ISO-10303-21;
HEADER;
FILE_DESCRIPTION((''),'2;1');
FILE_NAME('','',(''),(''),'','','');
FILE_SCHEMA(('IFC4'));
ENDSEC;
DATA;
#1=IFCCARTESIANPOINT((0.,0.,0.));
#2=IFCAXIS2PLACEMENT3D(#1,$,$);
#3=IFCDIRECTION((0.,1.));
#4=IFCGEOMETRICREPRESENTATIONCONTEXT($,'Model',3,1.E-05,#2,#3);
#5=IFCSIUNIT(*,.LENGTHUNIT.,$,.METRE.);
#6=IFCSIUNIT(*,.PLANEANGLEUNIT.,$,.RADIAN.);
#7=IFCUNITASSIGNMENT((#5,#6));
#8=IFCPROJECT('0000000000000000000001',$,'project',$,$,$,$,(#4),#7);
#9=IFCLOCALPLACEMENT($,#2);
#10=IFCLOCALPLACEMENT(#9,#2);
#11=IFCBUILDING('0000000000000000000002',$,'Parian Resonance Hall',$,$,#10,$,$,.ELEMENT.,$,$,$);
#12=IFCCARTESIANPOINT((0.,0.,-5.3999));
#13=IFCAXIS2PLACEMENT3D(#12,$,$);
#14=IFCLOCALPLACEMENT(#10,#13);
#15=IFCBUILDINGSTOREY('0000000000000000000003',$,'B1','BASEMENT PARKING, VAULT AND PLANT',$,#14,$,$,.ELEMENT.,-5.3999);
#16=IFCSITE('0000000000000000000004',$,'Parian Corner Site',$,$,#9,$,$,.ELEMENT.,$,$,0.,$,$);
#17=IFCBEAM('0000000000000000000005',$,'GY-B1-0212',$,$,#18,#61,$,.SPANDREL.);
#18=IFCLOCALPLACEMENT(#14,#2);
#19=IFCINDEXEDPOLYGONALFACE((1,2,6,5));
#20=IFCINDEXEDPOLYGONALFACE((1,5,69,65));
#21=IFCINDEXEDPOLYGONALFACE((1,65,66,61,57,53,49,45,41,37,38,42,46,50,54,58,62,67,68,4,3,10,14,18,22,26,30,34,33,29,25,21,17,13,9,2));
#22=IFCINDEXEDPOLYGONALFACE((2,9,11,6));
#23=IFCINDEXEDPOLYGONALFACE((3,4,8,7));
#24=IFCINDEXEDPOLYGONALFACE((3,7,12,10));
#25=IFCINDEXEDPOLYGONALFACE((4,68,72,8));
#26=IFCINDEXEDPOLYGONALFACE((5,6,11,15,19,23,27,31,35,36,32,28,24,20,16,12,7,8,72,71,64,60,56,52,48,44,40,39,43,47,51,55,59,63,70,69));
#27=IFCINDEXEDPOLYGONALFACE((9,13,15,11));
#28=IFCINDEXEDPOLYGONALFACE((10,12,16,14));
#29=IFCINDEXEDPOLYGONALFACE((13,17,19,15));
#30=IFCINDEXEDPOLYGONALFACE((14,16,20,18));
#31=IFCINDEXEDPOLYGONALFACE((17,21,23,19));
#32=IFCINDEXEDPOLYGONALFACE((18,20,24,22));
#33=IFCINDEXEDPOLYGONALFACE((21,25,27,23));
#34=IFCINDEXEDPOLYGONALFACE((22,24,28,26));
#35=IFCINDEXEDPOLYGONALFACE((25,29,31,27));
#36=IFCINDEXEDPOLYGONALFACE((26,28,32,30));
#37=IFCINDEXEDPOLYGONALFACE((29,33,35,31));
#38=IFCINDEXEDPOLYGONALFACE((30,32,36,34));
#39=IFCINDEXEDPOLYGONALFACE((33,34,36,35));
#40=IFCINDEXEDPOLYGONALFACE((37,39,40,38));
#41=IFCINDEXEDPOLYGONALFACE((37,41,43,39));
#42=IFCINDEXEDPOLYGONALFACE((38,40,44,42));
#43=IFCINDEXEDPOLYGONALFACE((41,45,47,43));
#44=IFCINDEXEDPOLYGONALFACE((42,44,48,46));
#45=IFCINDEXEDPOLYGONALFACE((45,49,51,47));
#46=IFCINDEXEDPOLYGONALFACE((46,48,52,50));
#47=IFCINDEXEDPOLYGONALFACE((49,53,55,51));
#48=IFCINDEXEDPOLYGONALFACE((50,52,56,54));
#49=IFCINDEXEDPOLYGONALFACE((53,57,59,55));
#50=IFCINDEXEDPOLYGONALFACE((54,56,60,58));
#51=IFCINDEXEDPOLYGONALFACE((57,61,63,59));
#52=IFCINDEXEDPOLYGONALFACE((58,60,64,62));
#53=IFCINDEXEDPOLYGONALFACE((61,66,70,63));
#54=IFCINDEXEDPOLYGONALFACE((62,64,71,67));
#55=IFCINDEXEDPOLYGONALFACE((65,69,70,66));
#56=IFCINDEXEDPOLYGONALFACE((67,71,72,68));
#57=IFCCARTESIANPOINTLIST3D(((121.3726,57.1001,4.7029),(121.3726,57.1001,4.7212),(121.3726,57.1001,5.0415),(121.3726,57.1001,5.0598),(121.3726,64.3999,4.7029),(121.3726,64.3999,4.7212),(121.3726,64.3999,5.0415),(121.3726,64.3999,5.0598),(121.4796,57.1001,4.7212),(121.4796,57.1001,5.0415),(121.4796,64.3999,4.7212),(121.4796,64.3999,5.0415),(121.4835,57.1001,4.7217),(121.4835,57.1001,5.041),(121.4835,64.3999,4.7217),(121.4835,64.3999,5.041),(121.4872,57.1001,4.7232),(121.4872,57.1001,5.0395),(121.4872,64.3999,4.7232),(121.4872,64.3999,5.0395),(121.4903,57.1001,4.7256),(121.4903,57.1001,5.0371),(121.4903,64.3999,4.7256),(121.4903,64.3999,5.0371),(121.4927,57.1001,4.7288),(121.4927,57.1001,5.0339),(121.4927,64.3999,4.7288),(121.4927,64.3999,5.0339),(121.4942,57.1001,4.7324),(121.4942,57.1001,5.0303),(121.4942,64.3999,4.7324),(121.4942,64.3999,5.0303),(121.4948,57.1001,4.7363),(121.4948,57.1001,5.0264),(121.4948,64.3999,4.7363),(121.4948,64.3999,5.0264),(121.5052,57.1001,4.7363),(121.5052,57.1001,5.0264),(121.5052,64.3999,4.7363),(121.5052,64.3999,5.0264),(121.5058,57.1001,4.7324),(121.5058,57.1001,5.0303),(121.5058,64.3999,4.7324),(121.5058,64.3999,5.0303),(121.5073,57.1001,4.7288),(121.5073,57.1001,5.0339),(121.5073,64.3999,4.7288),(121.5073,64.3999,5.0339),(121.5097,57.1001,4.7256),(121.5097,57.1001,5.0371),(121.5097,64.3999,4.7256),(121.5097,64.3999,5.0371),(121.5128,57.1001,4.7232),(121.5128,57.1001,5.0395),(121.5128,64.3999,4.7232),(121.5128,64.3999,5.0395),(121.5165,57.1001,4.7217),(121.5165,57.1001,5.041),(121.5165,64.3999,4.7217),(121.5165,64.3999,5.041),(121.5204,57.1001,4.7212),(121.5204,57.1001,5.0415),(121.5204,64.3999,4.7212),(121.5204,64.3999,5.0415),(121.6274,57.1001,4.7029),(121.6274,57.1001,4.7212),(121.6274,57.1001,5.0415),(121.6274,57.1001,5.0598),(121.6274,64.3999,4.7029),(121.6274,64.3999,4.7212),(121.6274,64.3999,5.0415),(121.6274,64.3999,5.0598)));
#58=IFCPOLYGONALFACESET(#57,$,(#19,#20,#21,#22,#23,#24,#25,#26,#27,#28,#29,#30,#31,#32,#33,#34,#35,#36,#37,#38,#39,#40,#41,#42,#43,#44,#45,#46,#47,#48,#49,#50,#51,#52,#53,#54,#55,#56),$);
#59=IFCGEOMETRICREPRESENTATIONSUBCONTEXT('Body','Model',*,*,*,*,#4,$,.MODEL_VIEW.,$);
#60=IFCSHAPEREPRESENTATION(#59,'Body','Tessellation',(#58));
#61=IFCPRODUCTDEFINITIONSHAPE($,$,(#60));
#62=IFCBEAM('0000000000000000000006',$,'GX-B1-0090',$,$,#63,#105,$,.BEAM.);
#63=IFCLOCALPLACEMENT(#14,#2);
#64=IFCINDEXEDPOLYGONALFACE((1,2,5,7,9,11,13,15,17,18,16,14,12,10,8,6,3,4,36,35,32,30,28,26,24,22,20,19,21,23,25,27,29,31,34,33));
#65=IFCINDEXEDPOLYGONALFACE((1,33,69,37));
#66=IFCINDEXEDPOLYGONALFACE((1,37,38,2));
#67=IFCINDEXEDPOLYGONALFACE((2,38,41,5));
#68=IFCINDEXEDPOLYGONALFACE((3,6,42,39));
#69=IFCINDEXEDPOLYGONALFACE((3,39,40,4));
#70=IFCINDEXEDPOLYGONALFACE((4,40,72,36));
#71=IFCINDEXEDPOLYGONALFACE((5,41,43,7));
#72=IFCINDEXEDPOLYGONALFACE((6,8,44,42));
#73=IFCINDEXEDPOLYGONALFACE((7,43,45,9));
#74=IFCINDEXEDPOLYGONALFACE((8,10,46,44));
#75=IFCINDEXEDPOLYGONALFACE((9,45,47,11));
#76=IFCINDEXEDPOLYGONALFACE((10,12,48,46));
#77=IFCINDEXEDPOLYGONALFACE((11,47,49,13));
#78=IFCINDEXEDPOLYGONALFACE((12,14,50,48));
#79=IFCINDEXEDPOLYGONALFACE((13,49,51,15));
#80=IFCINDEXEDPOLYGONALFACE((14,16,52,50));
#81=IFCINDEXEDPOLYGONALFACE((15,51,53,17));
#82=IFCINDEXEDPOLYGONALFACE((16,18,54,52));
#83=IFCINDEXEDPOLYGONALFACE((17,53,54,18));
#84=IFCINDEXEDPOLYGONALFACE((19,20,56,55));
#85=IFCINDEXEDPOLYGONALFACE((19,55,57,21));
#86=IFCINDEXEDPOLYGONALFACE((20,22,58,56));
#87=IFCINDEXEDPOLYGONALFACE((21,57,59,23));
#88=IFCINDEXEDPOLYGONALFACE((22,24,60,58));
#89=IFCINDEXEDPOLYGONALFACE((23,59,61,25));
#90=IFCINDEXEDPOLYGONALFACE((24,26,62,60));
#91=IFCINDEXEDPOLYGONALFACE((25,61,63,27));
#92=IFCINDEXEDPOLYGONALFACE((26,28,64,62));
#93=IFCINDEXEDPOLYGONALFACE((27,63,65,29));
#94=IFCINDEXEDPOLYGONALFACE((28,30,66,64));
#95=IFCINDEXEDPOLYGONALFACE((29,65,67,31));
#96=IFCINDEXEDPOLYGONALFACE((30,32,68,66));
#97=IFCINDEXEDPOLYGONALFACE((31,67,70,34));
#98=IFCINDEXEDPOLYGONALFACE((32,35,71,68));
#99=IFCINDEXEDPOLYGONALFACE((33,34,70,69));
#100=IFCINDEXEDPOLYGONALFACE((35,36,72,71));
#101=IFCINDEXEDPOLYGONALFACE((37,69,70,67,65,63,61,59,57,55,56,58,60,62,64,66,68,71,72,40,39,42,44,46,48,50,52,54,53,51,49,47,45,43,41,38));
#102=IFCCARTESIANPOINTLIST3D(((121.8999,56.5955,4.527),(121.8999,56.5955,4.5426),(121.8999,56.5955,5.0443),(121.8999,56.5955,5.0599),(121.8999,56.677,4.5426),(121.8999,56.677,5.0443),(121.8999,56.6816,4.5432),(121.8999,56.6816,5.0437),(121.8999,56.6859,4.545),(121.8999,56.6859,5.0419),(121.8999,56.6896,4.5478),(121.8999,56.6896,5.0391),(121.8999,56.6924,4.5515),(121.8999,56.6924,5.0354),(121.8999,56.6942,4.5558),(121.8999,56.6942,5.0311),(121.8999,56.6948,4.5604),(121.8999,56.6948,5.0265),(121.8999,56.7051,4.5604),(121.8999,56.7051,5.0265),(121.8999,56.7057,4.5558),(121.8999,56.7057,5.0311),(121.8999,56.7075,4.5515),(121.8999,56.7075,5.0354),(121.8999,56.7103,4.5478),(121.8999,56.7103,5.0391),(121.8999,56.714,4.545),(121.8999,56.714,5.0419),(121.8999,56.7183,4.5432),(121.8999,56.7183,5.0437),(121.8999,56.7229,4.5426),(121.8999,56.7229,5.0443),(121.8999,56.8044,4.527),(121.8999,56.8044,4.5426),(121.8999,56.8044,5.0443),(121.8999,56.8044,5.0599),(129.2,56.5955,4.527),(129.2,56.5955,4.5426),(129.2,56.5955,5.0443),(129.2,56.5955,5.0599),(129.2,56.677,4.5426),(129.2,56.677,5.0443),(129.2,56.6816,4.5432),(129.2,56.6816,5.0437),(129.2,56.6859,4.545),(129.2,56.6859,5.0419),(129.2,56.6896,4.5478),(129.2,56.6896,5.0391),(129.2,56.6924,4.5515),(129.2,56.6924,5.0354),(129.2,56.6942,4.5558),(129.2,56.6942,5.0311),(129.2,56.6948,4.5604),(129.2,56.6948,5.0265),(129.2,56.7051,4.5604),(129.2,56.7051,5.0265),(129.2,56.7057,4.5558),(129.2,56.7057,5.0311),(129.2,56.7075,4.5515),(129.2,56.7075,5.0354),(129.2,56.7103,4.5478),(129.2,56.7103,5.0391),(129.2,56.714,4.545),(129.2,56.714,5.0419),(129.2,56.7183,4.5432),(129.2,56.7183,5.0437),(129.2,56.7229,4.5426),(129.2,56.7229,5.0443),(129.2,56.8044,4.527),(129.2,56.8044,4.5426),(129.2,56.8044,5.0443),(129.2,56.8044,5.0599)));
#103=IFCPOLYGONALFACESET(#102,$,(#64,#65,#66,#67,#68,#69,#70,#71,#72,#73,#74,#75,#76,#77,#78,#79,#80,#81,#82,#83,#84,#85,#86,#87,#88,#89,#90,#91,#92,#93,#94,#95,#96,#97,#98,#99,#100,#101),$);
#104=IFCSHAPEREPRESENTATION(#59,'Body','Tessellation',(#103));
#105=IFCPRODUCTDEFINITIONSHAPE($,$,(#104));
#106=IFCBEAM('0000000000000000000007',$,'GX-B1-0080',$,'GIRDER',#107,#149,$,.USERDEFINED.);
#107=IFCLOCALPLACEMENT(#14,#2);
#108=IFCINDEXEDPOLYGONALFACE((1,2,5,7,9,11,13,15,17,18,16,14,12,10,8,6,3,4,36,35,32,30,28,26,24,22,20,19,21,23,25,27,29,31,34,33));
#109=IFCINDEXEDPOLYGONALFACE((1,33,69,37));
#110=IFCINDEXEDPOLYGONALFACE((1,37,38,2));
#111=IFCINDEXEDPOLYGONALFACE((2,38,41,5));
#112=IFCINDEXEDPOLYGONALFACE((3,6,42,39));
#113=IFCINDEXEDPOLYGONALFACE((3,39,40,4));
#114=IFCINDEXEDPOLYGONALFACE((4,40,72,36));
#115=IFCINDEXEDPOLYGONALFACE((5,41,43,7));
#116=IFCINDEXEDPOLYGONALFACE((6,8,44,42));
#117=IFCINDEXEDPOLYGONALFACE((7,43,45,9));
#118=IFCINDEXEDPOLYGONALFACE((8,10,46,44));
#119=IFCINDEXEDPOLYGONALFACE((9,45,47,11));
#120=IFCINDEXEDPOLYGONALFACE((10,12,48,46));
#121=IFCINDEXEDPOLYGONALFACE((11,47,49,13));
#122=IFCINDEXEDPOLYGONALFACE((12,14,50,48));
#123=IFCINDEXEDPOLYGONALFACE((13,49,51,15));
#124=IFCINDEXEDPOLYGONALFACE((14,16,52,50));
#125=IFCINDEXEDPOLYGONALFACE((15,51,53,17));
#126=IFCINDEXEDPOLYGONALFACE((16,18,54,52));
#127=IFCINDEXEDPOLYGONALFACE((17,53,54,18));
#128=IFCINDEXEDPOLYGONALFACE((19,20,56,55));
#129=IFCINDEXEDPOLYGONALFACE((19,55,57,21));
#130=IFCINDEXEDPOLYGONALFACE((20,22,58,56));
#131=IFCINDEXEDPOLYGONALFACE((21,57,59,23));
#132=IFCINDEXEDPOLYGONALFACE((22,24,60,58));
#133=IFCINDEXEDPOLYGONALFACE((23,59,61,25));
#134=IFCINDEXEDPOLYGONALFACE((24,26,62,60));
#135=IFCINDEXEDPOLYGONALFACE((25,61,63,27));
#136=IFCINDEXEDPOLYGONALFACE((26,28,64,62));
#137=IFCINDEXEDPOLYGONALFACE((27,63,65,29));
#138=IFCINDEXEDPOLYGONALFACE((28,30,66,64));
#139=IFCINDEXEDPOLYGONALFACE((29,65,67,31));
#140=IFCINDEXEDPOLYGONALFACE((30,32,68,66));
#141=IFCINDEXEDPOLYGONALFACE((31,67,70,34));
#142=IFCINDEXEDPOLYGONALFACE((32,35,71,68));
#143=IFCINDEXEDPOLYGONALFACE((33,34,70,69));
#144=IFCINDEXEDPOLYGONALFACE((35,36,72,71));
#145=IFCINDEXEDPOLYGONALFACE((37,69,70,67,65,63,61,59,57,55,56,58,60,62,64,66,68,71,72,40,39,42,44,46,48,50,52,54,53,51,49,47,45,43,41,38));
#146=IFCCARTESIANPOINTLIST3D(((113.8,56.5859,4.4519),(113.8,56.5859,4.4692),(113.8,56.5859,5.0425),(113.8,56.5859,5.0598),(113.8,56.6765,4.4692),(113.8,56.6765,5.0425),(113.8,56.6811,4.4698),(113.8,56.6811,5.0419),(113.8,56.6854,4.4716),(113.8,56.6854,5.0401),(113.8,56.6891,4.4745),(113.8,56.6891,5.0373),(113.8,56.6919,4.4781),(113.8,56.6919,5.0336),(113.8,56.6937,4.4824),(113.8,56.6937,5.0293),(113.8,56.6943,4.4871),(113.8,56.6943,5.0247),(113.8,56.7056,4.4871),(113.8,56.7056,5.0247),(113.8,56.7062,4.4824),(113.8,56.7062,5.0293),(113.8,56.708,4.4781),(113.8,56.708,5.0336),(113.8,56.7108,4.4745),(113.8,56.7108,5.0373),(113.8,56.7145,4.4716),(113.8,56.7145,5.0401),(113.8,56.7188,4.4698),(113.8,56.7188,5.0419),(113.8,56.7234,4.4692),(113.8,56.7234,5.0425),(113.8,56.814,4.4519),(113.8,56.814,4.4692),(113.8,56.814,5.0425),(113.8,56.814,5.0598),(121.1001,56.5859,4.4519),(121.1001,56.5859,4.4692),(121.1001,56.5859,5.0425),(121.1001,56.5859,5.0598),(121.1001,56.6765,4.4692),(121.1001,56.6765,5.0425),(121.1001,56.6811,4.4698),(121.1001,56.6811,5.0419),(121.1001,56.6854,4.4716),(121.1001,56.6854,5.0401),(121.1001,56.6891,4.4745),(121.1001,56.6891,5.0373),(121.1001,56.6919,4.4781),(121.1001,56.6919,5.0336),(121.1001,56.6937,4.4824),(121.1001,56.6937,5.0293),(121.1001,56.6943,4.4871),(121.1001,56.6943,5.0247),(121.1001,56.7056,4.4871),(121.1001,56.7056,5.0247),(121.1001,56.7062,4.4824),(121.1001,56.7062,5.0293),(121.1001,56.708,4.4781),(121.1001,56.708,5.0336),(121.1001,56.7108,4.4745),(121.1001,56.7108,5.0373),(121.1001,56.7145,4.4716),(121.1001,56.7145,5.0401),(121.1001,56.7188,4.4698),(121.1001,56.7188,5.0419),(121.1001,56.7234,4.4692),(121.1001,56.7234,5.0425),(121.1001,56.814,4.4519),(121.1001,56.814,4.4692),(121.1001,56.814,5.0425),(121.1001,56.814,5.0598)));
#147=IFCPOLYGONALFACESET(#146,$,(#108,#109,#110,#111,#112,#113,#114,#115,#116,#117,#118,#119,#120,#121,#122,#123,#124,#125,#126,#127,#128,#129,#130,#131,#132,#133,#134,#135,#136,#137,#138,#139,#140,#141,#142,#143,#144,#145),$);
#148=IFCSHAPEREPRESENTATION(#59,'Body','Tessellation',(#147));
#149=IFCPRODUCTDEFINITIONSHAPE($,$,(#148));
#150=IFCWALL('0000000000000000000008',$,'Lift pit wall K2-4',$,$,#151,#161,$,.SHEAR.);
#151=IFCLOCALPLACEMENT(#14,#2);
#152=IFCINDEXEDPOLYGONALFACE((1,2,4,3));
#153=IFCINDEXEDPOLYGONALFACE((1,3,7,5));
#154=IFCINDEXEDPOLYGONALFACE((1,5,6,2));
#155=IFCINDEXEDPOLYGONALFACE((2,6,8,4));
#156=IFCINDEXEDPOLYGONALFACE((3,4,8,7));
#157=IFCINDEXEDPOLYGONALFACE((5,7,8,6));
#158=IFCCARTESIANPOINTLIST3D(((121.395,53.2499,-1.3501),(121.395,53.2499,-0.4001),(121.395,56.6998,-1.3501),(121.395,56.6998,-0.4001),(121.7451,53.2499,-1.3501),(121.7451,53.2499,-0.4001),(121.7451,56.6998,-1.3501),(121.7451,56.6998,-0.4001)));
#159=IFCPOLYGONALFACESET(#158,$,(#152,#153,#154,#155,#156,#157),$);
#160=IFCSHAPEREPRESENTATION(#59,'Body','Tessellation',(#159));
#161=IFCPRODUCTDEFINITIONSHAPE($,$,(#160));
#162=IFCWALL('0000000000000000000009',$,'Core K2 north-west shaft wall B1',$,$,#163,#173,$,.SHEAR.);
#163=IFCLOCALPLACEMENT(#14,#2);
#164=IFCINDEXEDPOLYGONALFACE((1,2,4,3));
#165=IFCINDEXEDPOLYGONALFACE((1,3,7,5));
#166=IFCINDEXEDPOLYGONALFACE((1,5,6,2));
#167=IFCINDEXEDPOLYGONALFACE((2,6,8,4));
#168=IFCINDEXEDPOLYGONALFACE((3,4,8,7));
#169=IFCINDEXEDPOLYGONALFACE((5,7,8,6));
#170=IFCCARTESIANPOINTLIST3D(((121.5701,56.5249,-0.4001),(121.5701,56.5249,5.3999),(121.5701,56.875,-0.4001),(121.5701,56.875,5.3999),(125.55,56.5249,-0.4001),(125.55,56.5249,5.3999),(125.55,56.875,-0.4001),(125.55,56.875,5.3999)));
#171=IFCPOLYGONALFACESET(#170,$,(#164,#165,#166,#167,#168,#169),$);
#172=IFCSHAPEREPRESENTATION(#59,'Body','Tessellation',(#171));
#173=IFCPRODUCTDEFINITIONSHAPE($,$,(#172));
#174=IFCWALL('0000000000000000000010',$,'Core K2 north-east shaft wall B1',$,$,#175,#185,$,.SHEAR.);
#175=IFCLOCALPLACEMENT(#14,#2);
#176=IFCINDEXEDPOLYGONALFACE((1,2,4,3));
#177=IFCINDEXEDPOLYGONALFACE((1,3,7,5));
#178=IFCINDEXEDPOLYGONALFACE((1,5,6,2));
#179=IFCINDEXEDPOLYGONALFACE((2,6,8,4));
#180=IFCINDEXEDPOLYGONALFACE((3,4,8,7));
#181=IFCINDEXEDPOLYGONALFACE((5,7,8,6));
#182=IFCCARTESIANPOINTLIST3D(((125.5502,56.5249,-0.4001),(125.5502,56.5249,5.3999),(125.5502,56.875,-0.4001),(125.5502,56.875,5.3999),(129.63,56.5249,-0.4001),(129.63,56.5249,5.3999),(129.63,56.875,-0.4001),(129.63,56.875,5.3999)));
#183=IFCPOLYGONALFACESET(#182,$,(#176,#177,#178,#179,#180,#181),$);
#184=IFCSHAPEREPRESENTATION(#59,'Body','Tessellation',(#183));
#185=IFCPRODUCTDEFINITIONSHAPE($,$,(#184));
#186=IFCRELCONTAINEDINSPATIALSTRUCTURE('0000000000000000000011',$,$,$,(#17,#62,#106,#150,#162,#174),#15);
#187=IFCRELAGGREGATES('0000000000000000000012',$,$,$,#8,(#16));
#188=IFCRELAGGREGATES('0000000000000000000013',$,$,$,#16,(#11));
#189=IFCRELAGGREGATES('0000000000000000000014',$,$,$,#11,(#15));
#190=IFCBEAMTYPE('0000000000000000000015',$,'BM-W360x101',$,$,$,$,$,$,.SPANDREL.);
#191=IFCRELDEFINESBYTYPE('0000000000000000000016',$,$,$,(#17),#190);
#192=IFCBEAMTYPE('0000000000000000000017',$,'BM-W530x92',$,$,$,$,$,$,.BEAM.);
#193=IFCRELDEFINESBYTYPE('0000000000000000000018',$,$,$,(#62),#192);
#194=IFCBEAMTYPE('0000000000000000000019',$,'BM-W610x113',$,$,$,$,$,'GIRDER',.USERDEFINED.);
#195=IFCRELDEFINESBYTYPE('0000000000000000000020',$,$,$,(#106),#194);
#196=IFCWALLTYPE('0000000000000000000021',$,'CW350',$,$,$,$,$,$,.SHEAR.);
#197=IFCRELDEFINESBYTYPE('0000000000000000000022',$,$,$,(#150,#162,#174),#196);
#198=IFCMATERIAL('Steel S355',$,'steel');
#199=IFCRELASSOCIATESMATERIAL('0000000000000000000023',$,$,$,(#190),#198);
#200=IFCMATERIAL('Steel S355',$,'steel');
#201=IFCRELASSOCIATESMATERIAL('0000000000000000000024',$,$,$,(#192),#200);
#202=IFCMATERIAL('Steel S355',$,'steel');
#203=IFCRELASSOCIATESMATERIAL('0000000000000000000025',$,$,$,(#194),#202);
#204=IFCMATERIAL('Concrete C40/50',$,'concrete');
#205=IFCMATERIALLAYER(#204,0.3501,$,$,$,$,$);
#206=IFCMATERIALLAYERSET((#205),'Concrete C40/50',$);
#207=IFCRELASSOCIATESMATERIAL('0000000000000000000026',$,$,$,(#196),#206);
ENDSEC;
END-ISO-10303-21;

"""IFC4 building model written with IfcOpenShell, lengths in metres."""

from ifc_helpers import new_model, si_unit, direction, frame, frame_2d, origin, origin_2d, place, context, subcontext, project, spatial, rectangle, i_section, extrude, material, layer, layer_set, material_profile, profile_set, type_object, element, save


model = new_model("IFC4")

# Units and contexts
model_context = context("Model", 3, precision=1e-05, world=origin(), true_north=direction((0.0, 1.0)))
body_context = subcontext(model_context, "Body", "Model", "MODEL_VIEW")
ifc_project = project(units=[si_unit("LENGTHUNIT", "METRE"), si_unit("PLANEANGLEUNIT", "RADIAN")], contexts=[model_context])

# Site, building, storey
site_placement = place(None, origin())
site = spatial("IfcSite", under=ifc_project, at=site_placement, Name="Parian Corner Site", CompositionType="ELEMENT", RefElevation=0.0)
building_placement = place(site_placement, origin())
building = spatial("IfcBuilding", under=site, at=building_placement, Name="Parian Resonance Hall", CompositionType="ELEMENT")
storey_placement = place(building_placement, frame((0.0, 0.0, -5.3999)))
storey = spatial("IfcBuildingStorey", under=building, at=storey_placement, Name="B1", Description="BASEMENT PARKING, VAULT AND PLANT", CompositionType="ELEMENT", Elevation=-5.3999)

# Beams
ifc_material_1 = material(Name="Steel S355", Category="steel")
ifc_material_profile_1 = material_profile(ifc_material_1, i_section(OverallWidth=0.2549, OverallDepth=0.3569, WebThickness=0.0105, FlangeThickness=0.0183, FilletRadius=0.0151, at=origin_2d()), Name="W360x101")
ifc_profile_set_1 = profile_set([ifc_material_profile_1], Name="Steel S355")
beam_type_1 = type_object("IfcBeamType", Name="BM-W360x101", PredefinedType="SPANDREL", material=ifc_profile_set_1)
beam_1_placement = place(storey_placement, frame((121.5, 57.1001, 4.8813), z_axis=(0.0, 1.0, 0.0), x_axis=(-1.0, 0.0, 0.0)))
element("IfcBeam", 1, at=beam_1_placement, inside=storey, type_object=beam_type_1, Name="GY-B1-0212", PredefinedType="SPANDREL", context=body_context, shape_type="SweptSolid", body=[
    extrude(i_section(OverallWidth=0.2549, OverallDepth=0.3569, WebThickness=0.0105, FlangeThickness=0.0183, FilletRadius=0.0151, at=origin_2d()), origin(), (0.0, 0.0, 1.0), 7.2998),
])
ifc_material_2 = material(Name="Steel S355", Category="steel")
ifc_material_profile_2 = material_profile(ifc_material_2, i_section(OverallWidth=0.209, OverallDepth=0.533, WebThickness=0.0103, FlangeThickness=0.0156, FilletRadius=0.0178, at=origin_2d()), Name="W530x92")
ifc_profile_set_2 = profile_set([ifc_material_profile_2], Name="Steel S355")
beam_type_2 = type_object("IfcBeamType", Name="BM-W530x92", PredefinedType="BEAM", material=ifc_profile_set_2)
beam_2_placement = place(storey_placement, frame((121.8999, 56.7, 4.7935), z_axis=(1.0, 0.0, 0.0), x_axis=(0.0, 1.0, 0.0)))
element("IfcBeam", 2, at=beam_2_placement, inside=storey, type_object=beam_type_2, Name="GX-B1-0090", PredefinedType="BEAM", context=body_context, shape_type="SweptSolid", body=[
    extrude(i_section(OverallWidth=0.209, OverallDepth=0.533, WebThickness=0.0103, FlangeThickness=0.0156, FilletRadius=0.0178, at=origin_2d()), origin(), (0.0, 0.0, 1.0), 7.3),
])
ifc_material_3 = material(Name="Steel S355", Category="steel")
ifc_material_profile_3 = material_profile(ifc_material_3, i_section(OverallWidth=0.228, OverallDepth=0.6079, WebThickness=0.0112, FlangeThickness=0.0173, FilletRadius=0.0178, at=origin_2d()), Name="W610x113")
ifc_profile_set_3 = profile_set([ifc_material_profile_3], Name="Steel S355")
beam_type_3 = type_object("IfcBeamType", Name="BM-W610x113", ElementType="GIRDER", PredefinedType="USERDEFINED", material=ifc_profile_set_3)
beam_3_placement = place(storey_placement, frame((113.8, 56.7, 4.7559), z_axis=(1.0, 0.0, 0.0), x_axis=(0.0, 1.0, 0.0)))
element("IfcBeam", 3, at=beam_3_placement, inside=storey, type_object=beam_type_3, Name="GX-B1-0080", ObjectType="GIRDER", PredefinedType="USERDEFINED", context=body_context, shape_type="SweptSolid", body=[
    extrude(i_section(OverallWidth=0.228, OverallDepth=0.6079, WebThickness=0.0112, FlangeThickness=0.0173, FilletRadius=0.0178, at=origin_2d()), origin(), (0.0, 0.0, 1.0), 7.3),
])

# Walls
ifc_material_4 = material(Name="Concrete C40/50", Category="concrete")
ifc_layer_1 = layer(ifc_material_4, 0.3501)
ifc_layer_set_1 = layer_set([ifc_layer_1], Name="Concrete C40/50")
wall_type_1 = type_object("IfcWallType", Name="CW350", PredefinedType="SHEAR", material=ifc_layer_set_1)
wall_1_placement = place(storey_placement, frame((121.5701, 56.7, -1.3501), z_axis=(0.0, 0.0, 1.0), x_axis=(0.0, -1.0, 0.0)))
element("IfcWall", 4, at=wall_1_placement, inside=storey, type_object=wall_type_1, Name="Lift pit wall K2-4", PredefinedType="SHEAR", context=body_context, shape_type="SweptSolid", body=[
    extrude(rectangle(XDim=3.45, YDim=0.3501, at=frame_2d((1.7251, 0.0))), origin(), (0.0, 0.0, 1.0), 0.95),
])
wall_2_placement = place(storey_placement, frame((121.5701, 56.7, -0.4001), z_axis=(0.0, 0.0, 1.0), x_axis=(1.0, 0.0, 0.0)))
element("IfcWall", 5, at=wall_2_placement, inside=storey, type_object=wall_type_1, Name="Core K2 north-west shaft wall B1", PredefinedType="SHEAR", context=body_context, shape_type="SweptSolid", body=[
    extrude(rectangle(XDim=3.98, YDim=0.3501, at=frame_2d((1.99, 0.0))), origin(), (0.0, 0.0, 1.0), 5.8),
])
wall_3_placement = place(storey_placement, frame((125.55, 56.7, -0.4001), z_axis=(0.0, 0.0, 1.0), x_axis=(1.0, 0.0, 0.0)))
element("IfcWall", 6, at=wall_3_placement, inside=storey, type_object=wall_type_1, Name="Core K2 north-east shaft wall B1", PredefinedType="SHEAR", context=body_context, shape_type="SweptSolid", body=[
    extrude(rectangle(XDim=4.0798, YDim=0.3501, at=frame_2d((2.04, 0.0))), origin(), (0.0, 0.0, 1.0), 5.8),
])

save(model, "model.ifc")
